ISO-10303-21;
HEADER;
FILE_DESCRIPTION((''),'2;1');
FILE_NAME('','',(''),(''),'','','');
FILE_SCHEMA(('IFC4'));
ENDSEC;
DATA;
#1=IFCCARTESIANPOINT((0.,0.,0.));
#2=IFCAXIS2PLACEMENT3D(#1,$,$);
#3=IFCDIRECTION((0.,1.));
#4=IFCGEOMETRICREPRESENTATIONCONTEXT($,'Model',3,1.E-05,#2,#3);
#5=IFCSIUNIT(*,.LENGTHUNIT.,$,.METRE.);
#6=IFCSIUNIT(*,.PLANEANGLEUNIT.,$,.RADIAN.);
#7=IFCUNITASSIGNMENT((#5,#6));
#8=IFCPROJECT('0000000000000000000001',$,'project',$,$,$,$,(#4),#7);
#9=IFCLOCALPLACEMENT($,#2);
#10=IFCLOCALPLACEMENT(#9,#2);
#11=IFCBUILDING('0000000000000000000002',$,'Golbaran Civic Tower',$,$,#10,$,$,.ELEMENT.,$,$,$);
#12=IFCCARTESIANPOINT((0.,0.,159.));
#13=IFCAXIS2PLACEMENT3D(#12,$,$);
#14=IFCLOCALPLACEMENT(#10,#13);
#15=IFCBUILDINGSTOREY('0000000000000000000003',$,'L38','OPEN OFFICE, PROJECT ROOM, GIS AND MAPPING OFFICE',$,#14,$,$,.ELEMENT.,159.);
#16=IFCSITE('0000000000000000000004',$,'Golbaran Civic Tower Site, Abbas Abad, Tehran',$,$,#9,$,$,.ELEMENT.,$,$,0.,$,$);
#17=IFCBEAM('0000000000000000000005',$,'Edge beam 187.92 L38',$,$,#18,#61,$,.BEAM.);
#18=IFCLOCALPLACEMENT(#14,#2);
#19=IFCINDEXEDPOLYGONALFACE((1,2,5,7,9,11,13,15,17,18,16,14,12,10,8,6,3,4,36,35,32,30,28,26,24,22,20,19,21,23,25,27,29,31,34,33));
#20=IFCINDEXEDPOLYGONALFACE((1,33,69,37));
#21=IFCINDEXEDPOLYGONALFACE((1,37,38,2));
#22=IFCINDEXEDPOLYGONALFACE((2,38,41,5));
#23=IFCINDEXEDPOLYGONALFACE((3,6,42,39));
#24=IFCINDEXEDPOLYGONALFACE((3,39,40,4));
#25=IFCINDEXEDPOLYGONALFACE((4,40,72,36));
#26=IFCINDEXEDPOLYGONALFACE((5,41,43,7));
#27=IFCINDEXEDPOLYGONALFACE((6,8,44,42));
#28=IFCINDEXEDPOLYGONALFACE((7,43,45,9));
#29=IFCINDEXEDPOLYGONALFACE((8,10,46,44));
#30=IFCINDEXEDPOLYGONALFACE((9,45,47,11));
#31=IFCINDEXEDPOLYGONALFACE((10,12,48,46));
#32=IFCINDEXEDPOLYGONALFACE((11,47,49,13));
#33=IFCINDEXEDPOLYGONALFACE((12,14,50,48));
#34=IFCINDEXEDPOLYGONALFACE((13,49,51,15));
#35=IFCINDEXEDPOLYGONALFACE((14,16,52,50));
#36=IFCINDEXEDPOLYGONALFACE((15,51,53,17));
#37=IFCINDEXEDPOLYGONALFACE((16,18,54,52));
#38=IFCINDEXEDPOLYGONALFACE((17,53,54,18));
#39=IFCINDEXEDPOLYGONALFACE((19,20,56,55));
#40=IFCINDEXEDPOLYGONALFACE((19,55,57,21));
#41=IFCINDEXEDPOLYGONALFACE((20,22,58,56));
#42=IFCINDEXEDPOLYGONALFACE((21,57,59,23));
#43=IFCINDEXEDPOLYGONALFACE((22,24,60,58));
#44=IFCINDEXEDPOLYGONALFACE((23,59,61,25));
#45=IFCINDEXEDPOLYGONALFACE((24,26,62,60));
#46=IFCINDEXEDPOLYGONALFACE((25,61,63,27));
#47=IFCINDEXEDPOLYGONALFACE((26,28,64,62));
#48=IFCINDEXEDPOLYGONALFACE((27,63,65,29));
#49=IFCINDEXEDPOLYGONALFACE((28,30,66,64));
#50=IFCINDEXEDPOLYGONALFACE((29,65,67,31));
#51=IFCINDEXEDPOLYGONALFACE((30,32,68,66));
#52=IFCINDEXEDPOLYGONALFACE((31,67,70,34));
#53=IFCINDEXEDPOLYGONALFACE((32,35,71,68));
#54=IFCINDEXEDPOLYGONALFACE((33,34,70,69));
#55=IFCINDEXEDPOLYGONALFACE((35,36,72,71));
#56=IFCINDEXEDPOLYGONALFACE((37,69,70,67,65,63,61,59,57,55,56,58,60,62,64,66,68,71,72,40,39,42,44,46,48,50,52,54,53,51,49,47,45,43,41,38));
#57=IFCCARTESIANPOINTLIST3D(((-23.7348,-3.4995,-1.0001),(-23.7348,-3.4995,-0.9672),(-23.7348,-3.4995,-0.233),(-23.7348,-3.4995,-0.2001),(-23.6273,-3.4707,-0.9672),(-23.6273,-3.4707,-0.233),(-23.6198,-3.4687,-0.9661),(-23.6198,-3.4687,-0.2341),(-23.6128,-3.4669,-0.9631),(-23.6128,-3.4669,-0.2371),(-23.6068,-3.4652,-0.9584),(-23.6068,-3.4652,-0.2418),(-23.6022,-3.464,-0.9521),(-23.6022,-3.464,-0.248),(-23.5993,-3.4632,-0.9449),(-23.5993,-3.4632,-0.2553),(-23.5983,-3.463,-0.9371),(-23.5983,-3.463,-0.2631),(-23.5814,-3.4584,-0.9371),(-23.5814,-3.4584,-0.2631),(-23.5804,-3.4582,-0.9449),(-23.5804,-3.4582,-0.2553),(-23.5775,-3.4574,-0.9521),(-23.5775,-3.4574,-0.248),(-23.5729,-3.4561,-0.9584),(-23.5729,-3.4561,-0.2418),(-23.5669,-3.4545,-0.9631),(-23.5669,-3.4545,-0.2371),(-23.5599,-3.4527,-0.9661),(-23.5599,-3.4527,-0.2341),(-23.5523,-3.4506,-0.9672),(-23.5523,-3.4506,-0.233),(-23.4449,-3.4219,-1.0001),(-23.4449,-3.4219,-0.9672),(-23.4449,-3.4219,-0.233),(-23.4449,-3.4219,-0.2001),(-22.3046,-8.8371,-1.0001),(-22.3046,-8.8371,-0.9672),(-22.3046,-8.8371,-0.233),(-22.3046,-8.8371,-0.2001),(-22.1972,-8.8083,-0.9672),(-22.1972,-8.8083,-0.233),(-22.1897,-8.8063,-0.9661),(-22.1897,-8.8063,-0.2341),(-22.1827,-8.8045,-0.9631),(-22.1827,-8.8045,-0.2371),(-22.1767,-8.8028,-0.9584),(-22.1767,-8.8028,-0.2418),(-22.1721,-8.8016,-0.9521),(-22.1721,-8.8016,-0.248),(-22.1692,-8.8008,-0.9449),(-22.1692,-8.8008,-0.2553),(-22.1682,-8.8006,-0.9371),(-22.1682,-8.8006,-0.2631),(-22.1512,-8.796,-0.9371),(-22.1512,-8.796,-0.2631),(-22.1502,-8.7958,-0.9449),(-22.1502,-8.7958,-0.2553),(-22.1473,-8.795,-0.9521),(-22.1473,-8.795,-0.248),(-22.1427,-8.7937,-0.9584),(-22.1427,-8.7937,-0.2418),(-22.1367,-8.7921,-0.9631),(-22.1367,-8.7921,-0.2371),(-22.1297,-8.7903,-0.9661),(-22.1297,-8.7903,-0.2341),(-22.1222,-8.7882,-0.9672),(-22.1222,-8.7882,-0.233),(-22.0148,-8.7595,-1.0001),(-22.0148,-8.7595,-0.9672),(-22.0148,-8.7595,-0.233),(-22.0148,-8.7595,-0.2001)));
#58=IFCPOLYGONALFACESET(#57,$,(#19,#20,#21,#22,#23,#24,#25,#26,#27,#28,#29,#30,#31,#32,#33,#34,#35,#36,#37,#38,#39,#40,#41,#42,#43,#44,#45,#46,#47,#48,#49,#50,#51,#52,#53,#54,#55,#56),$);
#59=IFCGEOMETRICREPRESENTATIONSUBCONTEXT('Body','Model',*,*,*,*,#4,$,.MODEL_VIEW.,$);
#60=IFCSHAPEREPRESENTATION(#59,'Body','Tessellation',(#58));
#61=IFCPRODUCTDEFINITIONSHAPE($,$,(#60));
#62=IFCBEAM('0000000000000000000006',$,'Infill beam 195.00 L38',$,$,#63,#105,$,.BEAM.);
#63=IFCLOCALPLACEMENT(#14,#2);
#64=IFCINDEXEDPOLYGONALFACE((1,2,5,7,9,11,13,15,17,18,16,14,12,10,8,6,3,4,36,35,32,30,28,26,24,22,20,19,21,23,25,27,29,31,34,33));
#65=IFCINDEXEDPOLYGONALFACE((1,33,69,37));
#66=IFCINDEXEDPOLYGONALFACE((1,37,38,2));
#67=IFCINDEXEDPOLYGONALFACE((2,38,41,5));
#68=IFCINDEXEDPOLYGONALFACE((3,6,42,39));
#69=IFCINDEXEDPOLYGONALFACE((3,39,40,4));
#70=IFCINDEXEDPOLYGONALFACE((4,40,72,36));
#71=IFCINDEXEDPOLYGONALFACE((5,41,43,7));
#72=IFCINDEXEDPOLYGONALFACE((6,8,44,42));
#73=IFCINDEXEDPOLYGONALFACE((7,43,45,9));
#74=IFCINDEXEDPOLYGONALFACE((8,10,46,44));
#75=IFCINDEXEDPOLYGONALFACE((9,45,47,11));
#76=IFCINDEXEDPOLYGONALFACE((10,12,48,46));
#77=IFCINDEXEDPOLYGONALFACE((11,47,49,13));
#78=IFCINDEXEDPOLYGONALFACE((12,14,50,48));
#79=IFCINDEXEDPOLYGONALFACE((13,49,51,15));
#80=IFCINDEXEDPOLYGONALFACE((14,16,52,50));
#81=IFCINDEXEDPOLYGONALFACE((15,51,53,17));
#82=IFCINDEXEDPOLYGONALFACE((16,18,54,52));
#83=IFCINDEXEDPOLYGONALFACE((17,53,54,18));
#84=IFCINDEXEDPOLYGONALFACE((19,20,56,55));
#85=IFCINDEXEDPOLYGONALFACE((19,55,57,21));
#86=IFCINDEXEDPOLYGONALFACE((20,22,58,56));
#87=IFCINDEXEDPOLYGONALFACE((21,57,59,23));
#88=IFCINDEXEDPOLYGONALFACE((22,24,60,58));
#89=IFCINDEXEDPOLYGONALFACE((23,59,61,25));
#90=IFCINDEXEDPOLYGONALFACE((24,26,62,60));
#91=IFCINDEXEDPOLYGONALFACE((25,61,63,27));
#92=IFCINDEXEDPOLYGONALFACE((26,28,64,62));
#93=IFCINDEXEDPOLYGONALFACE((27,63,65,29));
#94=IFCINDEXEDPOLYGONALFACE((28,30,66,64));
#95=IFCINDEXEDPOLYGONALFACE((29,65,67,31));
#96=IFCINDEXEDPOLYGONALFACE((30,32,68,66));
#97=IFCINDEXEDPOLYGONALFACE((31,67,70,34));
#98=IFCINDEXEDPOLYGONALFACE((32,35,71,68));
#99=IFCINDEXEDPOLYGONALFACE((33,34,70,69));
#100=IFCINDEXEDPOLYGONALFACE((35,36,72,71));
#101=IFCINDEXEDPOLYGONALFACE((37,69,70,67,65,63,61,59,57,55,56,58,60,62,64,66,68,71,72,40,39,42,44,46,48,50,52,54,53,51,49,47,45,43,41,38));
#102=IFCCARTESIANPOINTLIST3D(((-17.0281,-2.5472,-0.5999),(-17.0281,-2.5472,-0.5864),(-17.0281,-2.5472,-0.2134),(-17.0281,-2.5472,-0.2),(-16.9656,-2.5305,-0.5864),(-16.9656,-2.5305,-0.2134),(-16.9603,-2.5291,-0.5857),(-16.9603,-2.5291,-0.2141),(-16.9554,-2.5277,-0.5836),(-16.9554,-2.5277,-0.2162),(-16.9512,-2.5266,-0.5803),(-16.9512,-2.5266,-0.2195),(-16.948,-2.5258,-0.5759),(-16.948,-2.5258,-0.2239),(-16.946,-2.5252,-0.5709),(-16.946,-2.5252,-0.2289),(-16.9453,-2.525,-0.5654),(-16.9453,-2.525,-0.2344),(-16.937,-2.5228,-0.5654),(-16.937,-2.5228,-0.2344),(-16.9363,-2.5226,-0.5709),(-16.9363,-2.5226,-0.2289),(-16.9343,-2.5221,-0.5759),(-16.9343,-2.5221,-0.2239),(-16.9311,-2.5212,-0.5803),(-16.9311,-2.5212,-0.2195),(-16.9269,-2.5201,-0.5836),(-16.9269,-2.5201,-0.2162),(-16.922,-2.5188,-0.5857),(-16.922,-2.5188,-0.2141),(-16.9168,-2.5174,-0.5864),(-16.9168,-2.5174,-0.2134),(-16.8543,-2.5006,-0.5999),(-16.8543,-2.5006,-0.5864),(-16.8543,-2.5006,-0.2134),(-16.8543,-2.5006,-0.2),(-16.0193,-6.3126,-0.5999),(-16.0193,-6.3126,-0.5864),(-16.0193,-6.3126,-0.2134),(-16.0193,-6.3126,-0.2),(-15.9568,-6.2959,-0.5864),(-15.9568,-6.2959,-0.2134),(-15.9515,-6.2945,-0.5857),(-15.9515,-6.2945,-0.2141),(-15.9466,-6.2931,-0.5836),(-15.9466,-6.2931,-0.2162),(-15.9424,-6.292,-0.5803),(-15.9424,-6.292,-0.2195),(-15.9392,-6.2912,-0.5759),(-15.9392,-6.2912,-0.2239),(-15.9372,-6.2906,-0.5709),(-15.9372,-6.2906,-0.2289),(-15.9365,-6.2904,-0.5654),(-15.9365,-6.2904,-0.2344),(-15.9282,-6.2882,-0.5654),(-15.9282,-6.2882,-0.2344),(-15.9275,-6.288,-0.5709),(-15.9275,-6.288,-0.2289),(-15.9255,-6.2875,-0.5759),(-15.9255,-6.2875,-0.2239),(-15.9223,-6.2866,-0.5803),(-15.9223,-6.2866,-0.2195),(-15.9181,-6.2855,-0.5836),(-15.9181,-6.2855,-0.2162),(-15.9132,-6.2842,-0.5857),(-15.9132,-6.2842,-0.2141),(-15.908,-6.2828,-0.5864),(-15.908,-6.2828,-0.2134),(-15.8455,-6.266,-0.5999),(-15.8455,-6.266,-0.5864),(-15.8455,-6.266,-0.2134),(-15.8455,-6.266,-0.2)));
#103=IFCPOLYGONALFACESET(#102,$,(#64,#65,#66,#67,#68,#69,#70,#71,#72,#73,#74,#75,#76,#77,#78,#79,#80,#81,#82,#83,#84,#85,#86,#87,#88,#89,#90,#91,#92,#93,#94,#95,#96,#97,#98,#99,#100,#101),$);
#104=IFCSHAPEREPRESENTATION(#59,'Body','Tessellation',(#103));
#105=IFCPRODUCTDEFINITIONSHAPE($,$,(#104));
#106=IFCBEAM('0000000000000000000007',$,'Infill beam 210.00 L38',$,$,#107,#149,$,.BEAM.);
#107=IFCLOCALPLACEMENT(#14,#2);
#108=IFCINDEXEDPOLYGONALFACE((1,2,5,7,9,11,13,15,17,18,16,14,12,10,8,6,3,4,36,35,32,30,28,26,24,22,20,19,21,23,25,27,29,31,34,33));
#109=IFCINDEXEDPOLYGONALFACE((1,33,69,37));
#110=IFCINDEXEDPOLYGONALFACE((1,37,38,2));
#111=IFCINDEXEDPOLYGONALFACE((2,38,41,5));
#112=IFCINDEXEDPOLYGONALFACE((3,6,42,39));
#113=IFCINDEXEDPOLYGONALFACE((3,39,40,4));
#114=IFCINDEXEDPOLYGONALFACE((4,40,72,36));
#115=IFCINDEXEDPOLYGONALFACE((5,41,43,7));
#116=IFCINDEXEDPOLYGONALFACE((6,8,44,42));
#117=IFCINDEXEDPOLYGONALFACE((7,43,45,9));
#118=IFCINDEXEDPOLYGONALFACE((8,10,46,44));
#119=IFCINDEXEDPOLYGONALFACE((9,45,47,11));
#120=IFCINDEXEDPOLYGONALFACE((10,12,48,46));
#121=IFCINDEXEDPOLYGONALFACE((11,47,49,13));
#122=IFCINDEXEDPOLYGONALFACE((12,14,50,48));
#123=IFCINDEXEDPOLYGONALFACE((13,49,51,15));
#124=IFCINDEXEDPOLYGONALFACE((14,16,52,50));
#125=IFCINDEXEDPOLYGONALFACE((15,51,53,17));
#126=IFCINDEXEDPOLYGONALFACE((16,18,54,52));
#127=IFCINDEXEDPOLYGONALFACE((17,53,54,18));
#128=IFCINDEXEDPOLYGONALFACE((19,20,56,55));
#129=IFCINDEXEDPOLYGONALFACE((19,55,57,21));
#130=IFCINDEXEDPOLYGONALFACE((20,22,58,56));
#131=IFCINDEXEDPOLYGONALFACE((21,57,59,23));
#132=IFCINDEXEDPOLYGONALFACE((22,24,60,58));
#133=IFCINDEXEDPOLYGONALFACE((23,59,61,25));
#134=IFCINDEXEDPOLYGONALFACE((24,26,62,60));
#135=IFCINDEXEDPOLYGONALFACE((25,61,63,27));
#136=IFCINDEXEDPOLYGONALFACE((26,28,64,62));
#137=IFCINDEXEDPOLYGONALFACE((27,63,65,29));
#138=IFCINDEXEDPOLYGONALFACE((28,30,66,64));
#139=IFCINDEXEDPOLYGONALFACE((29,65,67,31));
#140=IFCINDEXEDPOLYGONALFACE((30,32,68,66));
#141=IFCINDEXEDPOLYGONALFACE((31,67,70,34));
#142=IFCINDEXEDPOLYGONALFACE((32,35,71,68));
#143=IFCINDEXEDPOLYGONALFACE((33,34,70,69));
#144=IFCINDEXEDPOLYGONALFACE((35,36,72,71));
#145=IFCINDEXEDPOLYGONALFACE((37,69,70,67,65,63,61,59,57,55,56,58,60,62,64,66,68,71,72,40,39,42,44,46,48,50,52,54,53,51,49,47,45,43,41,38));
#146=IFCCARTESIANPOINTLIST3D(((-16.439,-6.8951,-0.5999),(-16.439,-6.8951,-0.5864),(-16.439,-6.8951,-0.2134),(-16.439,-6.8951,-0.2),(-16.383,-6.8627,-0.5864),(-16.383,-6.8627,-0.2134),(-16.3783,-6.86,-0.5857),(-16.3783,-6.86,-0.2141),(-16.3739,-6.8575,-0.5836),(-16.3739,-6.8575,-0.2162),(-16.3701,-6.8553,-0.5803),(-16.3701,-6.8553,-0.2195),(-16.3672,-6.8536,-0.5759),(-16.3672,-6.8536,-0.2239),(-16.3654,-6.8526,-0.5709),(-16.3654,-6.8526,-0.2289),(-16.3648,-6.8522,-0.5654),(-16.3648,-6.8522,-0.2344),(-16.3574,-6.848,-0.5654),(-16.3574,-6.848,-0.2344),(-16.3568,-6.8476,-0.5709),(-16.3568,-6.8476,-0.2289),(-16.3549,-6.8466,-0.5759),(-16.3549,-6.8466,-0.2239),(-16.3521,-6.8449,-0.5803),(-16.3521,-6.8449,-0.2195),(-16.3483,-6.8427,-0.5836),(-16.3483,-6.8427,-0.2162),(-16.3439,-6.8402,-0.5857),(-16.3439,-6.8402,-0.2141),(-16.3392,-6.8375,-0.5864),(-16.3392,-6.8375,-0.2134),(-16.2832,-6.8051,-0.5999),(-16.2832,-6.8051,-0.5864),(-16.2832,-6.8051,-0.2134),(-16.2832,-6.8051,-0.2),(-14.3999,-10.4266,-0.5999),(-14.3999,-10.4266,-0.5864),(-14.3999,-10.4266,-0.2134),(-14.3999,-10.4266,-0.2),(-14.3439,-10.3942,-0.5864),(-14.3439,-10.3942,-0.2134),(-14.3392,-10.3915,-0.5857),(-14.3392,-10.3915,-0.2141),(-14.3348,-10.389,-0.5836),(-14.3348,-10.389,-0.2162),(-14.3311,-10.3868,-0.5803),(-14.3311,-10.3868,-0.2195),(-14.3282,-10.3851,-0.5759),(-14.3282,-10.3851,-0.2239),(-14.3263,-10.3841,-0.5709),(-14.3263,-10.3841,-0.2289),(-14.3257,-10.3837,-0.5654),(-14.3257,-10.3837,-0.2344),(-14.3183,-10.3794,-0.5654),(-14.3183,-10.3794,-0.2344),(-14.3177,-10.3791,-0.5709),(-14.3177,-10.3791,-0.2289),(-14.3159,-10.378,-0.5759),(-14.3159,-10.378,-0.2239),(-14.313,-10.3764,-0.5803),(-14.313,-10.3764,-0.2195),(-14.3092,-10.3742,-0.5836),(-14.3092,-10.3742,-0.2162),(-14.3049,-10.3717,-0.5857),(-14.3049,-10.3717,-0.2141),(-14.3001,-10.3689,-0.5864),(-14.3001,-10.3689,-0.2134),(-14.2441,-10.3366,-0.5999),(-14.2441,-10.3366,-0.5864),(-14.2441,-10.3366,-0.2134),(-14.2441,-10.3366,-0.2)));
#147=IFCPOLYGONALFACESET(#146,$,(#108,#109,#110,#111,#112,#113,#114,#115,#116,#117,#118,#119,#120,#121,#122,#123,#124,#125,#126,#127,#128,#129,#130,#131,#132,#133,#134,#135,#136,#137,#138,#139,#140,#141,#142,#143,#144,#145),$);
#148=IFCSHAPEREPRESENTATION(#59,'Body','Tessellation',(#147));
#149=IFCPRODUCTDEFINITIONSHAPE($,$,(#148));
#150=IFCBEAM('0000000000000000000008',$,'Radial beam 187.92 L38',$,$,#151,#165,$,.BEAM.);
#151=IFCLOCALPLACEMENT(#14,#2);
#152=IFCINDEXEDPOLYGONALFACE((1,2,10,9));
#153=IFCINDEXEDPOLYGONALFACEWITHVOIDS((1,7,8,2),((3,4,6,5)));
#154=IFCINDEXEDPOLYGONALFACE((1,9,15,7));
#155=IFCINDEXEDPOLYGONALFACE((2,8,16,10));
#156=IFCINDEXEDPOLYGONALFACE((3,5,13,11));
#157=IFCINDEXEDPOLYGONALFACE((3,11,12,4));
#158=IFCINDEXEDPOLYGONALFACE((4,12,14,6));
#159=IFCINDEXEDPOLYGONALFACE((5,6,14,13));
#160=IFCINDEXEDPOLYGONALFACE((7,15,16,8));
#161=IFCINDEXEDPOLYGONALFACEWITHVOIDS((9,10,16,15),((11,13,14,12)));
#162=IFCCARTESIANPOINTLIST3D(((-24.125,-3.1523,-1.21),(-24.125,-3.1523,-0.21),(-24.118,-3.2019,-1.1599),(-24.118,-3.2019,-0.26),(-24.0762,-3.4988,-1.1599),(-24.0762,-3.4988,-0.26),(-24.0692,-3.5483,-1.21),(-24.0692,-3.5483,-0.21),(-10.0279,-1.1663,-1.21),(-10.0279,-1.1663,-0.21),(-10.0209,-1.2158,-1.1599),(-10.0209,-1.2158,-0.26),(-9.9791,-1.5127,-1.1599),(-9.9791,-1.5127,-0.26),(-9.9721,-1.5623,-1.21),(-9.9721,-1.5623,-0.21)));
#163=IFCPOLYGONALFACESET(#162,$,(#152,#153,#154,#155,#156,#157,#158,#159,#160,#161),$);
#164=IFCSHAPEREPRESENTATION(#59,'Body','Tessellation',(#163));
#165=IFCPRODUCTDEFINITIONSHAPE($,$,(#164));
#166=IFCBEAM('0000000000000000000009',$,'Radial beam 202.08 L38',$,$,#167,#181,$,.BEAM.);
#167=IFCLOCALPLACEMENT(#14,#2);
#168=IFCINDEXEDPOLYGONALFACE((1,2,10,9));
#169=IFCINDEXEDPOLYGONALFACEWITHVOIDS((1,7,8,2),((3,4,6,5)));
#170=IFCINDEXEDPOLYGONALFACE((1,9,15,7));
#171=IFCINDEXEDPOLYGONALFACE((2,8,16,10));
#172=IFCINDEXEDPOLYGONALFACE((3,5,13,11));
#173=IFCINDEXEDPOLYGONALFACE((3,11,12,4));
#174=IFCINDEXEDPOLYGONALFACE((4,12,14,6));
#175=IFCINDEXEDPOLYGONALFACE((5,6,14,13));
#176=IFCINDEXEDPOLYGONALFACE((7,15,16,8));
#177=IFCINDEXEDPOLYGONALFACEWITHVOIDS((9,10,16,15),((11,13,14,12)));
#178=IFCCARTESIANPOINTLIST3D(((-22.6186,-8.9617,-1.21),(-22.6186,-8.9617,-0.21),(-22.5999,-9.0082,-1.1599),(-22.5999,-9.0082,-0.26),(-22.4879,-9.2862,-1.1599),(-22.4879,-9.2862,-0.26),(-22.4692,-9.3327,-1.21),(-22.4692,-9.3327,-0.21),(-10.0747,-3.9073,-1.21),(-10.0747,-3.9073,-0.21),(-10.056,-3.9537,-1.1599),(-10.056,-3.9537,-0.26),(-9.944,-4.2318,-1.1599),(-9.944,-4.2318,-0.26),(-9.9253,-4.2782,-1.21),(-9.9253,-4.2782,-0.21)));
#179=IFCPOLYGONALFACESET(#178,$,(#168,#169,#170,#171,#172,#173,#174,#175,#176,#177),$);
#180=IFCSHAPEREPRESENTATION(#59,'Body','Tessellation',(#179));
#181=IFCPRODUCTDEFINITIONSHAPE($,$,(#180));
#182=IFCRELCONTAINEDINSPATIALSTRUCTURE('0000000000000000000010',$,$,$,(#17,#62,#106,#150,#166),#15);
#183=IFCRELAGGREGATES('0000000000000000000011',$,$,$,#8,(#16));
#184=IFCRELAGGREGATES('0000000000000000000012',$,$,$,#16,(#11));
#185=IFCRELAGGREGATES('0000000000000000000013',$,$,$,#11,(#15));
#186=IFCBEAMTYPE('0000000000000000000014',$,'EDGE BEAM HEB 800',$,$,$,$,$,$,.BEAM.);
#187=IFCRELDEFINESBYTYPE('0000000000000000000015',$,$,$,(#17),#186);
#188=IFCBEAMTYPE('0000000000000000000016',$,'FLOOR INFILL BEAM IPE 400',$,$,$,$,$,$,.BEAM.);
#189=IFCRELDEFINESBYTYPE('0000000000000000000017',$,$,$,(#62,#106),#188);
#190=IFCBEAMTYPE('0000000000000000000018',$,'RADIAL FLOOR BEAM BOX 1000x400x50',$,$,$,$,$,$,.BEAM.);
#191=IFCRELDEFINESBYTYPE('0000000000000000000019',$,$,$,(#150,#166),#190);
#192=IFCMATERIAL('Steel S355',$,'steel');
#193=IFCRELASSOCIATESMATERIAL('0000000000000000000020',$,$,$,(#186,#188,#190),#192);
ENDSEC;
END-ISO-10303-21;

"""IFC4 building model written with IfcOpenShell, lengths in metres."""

from ifc_helpers import new_model, si_unit, direction, frame, origin, origin_2d, place, context, subcontext, project, spatial, hollow_rectangle, i_section, extrude, material, material_profile, profile_set, type_object, element, save


model = new_model("IFC4")

# Units and contexts
model_context = context("Model", 3, precision=1e-05, world=origin(), true_north=direction((0.0, 1.0)))
body_context = subcontext(model_context, "Body", "Model", "MODEL_VIEW")
ifc_project = project(units=[si_unit("LENGTHUNIT", "METRE"), si_unit("PLANEANGLEUNIT", "RADIAN")], contexts=[model_context])

# Site, building, storey
site_placement = place(None, origin())
site = spatial("IfcSite", under=ifc_project, at=site_placement, Name="Golbaran Civic Tower Site, Abbas Abad, Tehran", CompositionType="ELEMENT", RefElevation=0.0)
building_placement = place(site_placement, origin())
building = spatial("IfcBuilding", under=site, at=building_placement, Name="Golbaran Civic Tower", CompositionType="ELEMENT")
storey_placement = place(building_placement, frame((0.0, 0.0, 159.0)))
storey = spatial("IfcBuildingStorey", under=building, at=storey_placement, Name="L38", Description="OPEN OFFICE, PROJECT ROOM, GIS AND MAPPING OFFICE", CompositionType="ELEMENT", Elevation=159.0)

# Beams
ifc_material_1 = material(Name="Steel S355", Category="steel")
ifc_material_profile_1 = material_profile(ifc_material_1, i_section(OverallWidth=0.3, OverallDepth=0.8, WebThickness=0.0176, FlangeThickness=0.033, FilletRadius=0.03, at=origin_2d()), Name="HEB 800")
ifc_profile_set_1 = profile_set([ifc_material_profile_1], Name="Steel S355")
beam_type_1 = type_object("IfcBeamType", Name="EDGE BEAM HEB 800", PredefinedType="BEAM", material=ifc_profile_set_1)
beam_1_placement = place(storey_placement, frame((-23.5898, -3.4607, -0.6001), z_axis=(0.258812, -0.965928, 0.0), x_axis=(0.965928, 0.258812, 0.0)))
element("IfcBeam", 1, at=beam_1_placement, inside=storey, type_object=beam_type_1, Name="Edge beam 187.92 L38", PredefinedType="BEAM", context=body_context, shape_type="SweptSolid", body=[
    extrude(i_section(OverallWidth=0.3, OverallDepth=0.8, WebThickness=0.0176, FlangeThickness=0.033, FilletRadius=0.03, at=origin_2d()), origin(), (0.0, 0.0, 1.0), 5.5259),
])
ifc_material_profile_2 = material_profile(ifc_material_1, i_section(OverallWidth=0.1799, OverallDepth=0.3999, WebThickness=0.0085, FlangeThickness=0.0134, FilletRadius=0.021, at=origin_2d()), Name="IPE 400")
ifc_profile_set_2 = profile_set([ifc_material_profile_2], Name="Steel S355")
beam_type_2 = type_object("IfcBeamType", Name="FLOOR INFILL BEAM IPE 400", PredefinedType="BEAM", material=ifc_profile_set_2)
beam_2_placement = place(storey_placement, frame((-16.9412, -2.5239, -0.3999), z_axis=(0.258785, -0.965935, 0.0), x_axis=(0.965935, 0.258785, 0.0)))
element("IfcBeam", 2, at=beam_2_placement, inside=storey, type_object=beam_type_2, Name="Infill beam 195.00 L38", PredefinedType="BEAM", context=body_context, shape_type="SweptSolid", body=[
    extrude(i_section(OverallWidth=0.1799, OverallDepth=0.3999, WebThickness=0.0085, FlangeThickness=0.0134, FilletRadius=0.021, at=origin_2d()), origin(), (0.0, 0.0, 1.0), 3.8982),
])
beam_3_placement = place(storey_placement, frame((-16.3611, -6.8501, -0.3999), z_axis=(0.500028, -0.866009, 0.0), x_axis=(0.866009, 0.500028, 0.0)))
element("IfcBeam", 3, at=beam_3_placement, inside=storey, type_object=beam_type_2, Name="Infill beam 210.00 L38", PredefinedType="BEAM", context=body_context, shape_type="SweptSolid", body=[
    extrude(i_section(OverallWidth=0.1799, OverallDepth=0.3999, WebThickness=0.0085, FlangeThickness=0.0134, FilletRadius=0.021, at=origin_2d()), origin(), (0.0, 0.0, 1.0), 4.0779),
])
ifc_material_profile_3 = material_profile(ifc_material_1, hollow_rectangle(XDim=0.3999, YDim=1.0, WallThickness=0.05, at=origin_2d()), Name="BOX 1000x400x50")
ifc_profile_set_3 = profile_set([ifc_material_profile_3], Name="Steel S355")
beam_type_3 = type_object("IfcBeamType", Name="RADIAL FLOOR BEAM BOX 1000x400x50", PredefinedType="BEAM", material=ifc_profile_set_3)
beam_4_placement = place(storey_placement, frame((-10.0, -1.3643, -0.71), z_axis=(-0.990221, -0.139508, 0.0), x_axis=(0.139508, -0.990221, 0.0)))
element("IfcBeam", 4, at=beam_4_placement, inside=storey, type_object=beam_type_3, Name="Radial beam 187.92 L38", PredefinedType="BEAM", context=body_context, shape_type="SweptSolid", body=[
    extrude(hollow_rectangle(XDim=0.3999, YDim=1.0, WallThickness=0.05, at=origin_2d()), origin(), (0.0, 0.0, 1.0), 14.2363),
])
beam_5_placement = place(storey_placement, frame((-10.0, -4.0928, -0.71), z_axis=(-0.927534, -0.373739, 0.0), x_axis=(0.373739, -0.927534, 0.0)))
element("IfcBeam", 5, at=beam_5_placement, inside=storey, type_object=beam_type_3, Name="Radial beam 202.08 L38", PredefinedType="BEAM", context=body_context, shape_type="SweptSolid", body=[
    extrude(hollow_rectangle(XDim=0.3999, YDim=1.0, WallThickness=0.05, at=origin_2d()), origin(), (0.0, 0.0, 1.0), 13.5239),
])

save(model, "model.ifc")
